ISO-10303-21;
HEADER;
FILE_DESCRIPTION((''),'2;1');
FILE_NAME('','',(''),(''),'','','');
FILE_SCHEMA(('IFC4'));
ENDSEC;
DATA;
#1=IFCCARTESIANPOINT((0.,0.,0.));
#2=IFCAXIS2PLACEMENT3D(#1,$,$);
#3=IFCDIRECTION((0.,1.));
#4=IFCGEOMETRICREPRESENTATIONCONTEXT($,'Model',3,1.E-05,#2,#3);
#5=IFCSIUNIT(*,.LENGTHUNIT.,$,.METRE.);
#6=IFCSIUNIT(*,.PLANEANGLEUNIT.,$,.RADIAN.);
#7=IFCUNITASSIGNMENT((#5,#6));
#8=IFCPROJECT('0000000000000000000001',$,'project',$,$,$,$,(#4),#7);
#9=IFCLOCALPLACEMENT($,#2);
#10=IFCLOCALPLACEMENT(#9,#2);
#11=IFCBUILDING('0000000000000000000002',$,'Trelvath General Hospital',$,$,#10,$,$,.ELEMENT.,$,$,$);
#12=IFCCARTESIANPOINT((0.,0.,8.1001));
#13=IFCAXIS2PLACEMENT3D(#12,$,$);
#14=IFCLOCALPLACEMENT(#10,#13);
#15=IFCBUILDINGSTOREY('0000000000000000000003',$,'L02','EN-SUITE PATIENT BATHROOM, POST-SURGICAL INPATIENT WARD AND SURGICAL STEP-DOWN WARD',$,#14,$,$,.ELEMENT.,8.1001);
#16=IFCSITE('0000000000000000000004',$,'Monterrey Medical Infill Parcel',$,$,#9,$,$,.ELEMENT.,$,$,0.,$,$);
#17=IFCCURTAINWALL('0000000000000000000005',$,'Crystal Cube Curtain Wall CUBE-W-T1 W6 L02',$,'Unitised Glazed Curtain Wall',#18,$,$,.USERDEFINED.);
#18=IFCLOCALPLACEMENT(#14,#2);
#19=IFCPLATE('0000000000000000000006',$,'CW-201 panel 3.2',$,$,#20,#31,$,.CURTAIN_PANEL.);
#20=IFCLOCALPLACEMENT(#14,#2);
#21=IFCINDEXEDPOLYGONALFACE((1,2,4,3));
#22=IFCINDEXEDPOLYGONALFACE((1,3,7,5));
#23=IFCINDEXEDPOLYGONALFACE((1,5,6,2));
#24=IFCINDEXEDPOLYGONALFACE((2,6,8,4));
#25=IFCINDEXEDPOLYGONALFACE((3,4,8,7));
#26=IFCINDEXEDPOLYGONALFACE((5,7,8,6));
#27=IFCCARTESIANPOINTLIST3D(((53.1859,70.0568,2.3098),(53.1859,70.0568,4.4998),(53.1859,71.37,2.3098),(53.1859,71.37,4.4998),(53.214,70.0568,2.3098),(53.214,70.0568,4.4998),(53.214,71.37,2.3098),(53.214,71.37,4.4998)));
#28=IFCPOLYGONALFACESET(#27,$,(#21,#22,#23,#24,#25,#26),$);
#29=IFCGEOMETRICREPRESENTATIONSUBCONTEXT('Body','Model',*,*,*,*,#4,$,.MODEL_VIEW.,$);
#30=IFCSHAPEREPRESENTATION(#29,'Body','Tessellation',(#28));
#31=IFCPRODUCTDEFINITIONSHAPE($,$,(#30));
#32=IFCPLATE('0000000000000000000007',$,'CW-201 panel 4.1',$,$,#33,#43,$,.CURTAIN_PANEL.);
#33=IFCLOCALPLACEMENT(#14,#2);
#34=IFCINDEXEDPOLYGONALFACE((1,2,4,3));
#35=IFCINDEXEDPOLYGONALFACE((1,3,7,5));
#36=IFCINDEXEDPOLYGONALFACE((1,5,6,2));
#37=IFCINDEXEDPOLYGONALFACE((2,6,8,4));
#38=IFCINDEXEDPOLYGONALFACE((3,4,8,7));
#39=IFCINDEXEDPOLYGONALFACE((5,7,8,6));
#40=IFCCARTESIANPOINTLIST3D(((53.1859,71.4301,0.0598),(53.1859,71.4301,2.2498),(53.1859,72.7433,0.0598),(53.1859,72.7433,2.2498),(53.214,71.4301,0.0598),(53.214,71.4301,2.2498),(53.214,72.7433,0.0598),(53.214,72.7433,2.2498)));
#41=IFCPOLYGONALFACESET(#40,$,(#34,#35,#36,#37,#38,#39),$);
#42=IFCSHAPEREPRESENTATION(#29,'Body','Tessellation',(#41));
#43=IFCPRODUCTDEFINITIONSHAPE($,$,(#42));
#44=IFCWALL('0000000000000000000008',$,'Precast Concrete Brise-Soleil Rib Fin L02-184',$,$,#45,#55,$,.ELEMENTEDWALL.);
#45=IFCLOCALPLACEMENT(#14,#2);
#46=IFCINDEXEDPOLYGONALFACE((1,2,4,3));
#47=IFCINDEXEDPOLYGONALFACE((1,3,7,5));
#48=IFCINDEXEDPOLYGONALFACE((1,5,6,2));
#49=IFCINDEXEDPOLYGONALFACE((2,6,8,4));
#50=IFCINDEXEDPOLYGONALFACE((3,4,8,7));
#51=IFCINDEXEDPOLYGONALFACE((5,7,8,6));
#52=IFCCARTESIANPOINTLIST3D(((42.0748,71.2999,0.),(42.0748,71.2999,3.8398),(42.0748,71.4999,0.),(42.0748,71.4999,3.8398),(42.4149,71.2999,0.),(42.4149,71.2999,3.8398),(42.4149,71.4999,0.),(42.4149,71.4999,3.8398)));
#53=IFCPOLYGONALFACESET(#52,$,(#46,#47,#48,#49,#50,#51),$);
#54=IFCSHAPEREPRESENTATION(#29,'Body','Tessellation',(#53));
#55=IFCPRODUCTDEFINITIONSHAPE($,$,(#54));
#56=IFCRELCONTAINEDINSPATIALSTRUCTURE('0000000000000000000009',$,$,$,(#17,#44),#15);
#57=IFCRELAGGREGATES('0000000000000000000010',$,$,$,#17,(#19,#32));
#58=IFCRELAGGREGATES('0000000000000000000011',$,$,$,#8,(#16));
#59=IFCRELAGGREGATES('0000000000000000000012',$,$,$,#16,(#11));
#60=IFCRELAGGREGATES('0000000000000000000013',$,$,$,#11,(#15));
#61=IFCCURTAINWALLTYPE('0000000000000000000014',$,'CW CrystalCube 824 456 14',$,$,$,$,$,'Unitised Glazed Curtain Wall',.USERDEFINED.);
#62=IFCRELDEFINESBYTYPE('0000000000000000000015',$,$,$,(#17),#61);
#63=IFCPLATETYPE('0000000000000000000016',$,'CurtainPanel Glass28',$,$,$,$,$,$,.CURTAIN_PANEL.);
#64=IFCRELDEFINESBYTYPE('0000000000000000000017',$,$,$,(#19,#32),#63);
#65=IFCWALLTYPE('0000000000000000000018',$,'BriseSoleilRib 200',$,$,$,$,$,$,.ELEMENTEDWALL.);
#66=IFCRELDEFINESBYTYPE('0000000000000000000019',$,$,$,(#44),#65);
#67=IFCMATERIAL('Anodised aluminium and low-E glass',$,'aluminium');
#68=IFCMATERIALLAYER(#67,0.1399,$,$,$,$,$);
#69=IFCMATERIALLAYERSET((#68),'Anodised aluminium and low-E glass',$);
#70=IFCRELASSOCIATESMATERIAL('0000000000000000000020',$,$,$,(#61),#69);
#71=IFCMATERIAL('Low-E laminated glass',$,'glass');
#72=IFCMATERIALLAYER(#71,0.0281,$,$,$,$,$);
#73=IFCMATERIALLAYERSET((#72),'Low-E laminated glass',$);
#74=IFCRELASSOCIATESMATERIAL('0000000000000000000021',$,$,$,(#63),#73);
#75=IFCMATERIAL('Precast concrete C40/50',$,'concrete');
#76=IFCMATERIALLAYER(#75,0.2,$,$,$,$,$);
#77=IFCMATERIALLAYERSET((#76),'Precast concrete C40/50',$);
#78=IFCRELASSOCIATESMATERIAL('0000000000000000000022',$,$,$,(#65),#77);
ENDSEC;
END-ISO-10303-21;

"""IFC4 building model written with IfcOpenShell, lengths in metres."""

from ifc_helpers import new_model, si_unit, direction, frame, frame_2d, origin, origin_2d, place, context, subcontext, project, spatial, rectangle, extrude, material, layer, layer_set, type_object, element, aggregate, save


model = new_model("IFC4")

# Units and contexts
model_context = context("Model", 3, precision=1e-05, world=origin(), true_north=direction((0.0, 1.0)))
body_context = subcontext(model_context, "Body", "Model", "MODEL_VIEW")
ifc_project = project(units=[si_unit("LENGTHUNIT", "METRE"), si_unit("PLANEANGLEUNIT", "RADIAN")], contexts=[model_context])

# Site, building, storey
site_placement = place(None, origin())
site = spatial("IfcSite", under=ifc_project, at=site_placement, Name="Monterrey Medical Infill Parcel", CompositionType="ELEMENT", RefElevation=0.0)
building_placement = place(site_placement, origin())
building = spatial("IfcBuilding", under=site, at=building_placement, Name="Trelvath General Hospital", CompositionType="ELEMENT")
storey_placement = place(building_placement, frame((0.0, 0.0, 8.1001)))
storey = spatial("IfcBuildingStorey", under=building, at=storey_placement, Name="L02", Description="EN-SUITE PATIENT BATHROOM, POST-SURGICAL INPATIENT WARD AND SURGICAL STEP-DOWN WARD", CompositionType="ELEMENT", Elevation=8.1001)

# Curtain wall
ifc_material_1 = material(Name="Anodised aluminium and low-E glass", Category="aluminium")
ifc_layer_1 = layer(ifc_material_1, 0.1399)
ifc_layer_set_1 = layer_set([ifc_layer_1], Name="Anodised aluminium and low-E glass")
curtain_wall_type_1 = type_object("IfcCurtainWallType", Name="CW CrystalCube 824 456 14", ElementType="Unitised Glazed Curtain Wall", PredefinedType="USERDEFINED", material=ifc_layer_set_1)
curtain_wall_1_placement = place(storey_placement, origin())
curtain_wall_1 = element("IfcCurtainWall", 1, at=curtain_wall_1_placement, inside=storey, type_object=curtain_wall_type_1, Name="Crystal Cube Curtain Wall CUBE-W-T1 W6 L02", ObjectType="Unitised Glazed Curtain Wall", PredefinedType="USERDEFINED")

# Plates
ifc_material_2 = material(Name="Low-E laminated glass", Category="glass")
ifc_layer_2 = layer(ifc_material_2, 0.0281)
ifc_layer_set_2 = layer_set([ifc_layer_2], Name="Low-E laminated glass")
plate_type = type_object("IfcPlateType", Name="CurtainPanel Glass28", PredefinedType="CURTAIN_PANEL", material=ifc_layer_set_2)
plate_1_placement = place(storey_placement, frame((53.2, 70.7134, 2.3098), z_axis=(0.0, 0.0, 1.0), x_axis=(0.0, 1.0, 0.0)))
plate_1 = element("IfcPlate", 2, at=plate_1_placement, type_object=plate_type, Name="CW-201 panel 3.2", PredefinedType="CURTAIN_PANEL", context=body_context, shape_type="SweptSolid", body=[
    extrude(rectangle(XDim=1.3132, YDim=0.0281, at=origin_2d()), origin(), (0.0, 0.0, 1.0), 2.1899),
])
plate_2_placement = place(storey_placement, frame((53.2, 72.0867, 0.0598), z_axis=(0.0, 0.0, 1.0), x_axis=(0.0, 1.0, 0.0)))
plate_2 = element("IfcPlate", 3, at=plate_2_placement, type_object=plate_type, Name="CW-201 panel 4.1", PredefinedType="CURTAIN_PANEL", context=body_context, shape_type="SweptSolid", body=[
    extrude(rectangle(XDim=1.3132, YDim=0.0281, at=origin_2d()), origin(), (0.0, 0.0, 1.0), 2.1899),
])
aggregate(curtain_wall_1, [plate_1, plate_2])

# Wall
ifc_material_3 = material(Name="Precast concrete C40/50", Category="concrete")
ifc_layer_3 = layer(ifc_material_3, 0.2)
ifc_layer_set_3 = layer_set([ifc_layer_3], Name="Precast concrete C40/50")
wall_type = type_object("IfcWallType", Name="BriseSoleilRib 200", PredefinedType="ELEMENTEDWALL", material=ifc_layer_set_3)
wall_placement = place(storey_placement, frame((42.075, 71.3999, 0.0), z_axis=(0.0, 0.0, 1.0), x_axis=(1.0, 0.0, 0.0)))
element("IfcWall", 4, at=wall_placement, inside=storey, type_object=wall_type, Name="Precast Concrete Brise-Soleil Rib Fin L02-184", PredefinedType="ELEMENTEDWALL", context=body_context, shape_type="SweptSolid", body=[
    extrude(rectangle(XDim=0.3401, YDim=0.2, at=frame_2d((0.1699, 0.0))), origin(), (0.0, 0.0, 1.0), 3.8398),
])

save(model, "model.ifc")
